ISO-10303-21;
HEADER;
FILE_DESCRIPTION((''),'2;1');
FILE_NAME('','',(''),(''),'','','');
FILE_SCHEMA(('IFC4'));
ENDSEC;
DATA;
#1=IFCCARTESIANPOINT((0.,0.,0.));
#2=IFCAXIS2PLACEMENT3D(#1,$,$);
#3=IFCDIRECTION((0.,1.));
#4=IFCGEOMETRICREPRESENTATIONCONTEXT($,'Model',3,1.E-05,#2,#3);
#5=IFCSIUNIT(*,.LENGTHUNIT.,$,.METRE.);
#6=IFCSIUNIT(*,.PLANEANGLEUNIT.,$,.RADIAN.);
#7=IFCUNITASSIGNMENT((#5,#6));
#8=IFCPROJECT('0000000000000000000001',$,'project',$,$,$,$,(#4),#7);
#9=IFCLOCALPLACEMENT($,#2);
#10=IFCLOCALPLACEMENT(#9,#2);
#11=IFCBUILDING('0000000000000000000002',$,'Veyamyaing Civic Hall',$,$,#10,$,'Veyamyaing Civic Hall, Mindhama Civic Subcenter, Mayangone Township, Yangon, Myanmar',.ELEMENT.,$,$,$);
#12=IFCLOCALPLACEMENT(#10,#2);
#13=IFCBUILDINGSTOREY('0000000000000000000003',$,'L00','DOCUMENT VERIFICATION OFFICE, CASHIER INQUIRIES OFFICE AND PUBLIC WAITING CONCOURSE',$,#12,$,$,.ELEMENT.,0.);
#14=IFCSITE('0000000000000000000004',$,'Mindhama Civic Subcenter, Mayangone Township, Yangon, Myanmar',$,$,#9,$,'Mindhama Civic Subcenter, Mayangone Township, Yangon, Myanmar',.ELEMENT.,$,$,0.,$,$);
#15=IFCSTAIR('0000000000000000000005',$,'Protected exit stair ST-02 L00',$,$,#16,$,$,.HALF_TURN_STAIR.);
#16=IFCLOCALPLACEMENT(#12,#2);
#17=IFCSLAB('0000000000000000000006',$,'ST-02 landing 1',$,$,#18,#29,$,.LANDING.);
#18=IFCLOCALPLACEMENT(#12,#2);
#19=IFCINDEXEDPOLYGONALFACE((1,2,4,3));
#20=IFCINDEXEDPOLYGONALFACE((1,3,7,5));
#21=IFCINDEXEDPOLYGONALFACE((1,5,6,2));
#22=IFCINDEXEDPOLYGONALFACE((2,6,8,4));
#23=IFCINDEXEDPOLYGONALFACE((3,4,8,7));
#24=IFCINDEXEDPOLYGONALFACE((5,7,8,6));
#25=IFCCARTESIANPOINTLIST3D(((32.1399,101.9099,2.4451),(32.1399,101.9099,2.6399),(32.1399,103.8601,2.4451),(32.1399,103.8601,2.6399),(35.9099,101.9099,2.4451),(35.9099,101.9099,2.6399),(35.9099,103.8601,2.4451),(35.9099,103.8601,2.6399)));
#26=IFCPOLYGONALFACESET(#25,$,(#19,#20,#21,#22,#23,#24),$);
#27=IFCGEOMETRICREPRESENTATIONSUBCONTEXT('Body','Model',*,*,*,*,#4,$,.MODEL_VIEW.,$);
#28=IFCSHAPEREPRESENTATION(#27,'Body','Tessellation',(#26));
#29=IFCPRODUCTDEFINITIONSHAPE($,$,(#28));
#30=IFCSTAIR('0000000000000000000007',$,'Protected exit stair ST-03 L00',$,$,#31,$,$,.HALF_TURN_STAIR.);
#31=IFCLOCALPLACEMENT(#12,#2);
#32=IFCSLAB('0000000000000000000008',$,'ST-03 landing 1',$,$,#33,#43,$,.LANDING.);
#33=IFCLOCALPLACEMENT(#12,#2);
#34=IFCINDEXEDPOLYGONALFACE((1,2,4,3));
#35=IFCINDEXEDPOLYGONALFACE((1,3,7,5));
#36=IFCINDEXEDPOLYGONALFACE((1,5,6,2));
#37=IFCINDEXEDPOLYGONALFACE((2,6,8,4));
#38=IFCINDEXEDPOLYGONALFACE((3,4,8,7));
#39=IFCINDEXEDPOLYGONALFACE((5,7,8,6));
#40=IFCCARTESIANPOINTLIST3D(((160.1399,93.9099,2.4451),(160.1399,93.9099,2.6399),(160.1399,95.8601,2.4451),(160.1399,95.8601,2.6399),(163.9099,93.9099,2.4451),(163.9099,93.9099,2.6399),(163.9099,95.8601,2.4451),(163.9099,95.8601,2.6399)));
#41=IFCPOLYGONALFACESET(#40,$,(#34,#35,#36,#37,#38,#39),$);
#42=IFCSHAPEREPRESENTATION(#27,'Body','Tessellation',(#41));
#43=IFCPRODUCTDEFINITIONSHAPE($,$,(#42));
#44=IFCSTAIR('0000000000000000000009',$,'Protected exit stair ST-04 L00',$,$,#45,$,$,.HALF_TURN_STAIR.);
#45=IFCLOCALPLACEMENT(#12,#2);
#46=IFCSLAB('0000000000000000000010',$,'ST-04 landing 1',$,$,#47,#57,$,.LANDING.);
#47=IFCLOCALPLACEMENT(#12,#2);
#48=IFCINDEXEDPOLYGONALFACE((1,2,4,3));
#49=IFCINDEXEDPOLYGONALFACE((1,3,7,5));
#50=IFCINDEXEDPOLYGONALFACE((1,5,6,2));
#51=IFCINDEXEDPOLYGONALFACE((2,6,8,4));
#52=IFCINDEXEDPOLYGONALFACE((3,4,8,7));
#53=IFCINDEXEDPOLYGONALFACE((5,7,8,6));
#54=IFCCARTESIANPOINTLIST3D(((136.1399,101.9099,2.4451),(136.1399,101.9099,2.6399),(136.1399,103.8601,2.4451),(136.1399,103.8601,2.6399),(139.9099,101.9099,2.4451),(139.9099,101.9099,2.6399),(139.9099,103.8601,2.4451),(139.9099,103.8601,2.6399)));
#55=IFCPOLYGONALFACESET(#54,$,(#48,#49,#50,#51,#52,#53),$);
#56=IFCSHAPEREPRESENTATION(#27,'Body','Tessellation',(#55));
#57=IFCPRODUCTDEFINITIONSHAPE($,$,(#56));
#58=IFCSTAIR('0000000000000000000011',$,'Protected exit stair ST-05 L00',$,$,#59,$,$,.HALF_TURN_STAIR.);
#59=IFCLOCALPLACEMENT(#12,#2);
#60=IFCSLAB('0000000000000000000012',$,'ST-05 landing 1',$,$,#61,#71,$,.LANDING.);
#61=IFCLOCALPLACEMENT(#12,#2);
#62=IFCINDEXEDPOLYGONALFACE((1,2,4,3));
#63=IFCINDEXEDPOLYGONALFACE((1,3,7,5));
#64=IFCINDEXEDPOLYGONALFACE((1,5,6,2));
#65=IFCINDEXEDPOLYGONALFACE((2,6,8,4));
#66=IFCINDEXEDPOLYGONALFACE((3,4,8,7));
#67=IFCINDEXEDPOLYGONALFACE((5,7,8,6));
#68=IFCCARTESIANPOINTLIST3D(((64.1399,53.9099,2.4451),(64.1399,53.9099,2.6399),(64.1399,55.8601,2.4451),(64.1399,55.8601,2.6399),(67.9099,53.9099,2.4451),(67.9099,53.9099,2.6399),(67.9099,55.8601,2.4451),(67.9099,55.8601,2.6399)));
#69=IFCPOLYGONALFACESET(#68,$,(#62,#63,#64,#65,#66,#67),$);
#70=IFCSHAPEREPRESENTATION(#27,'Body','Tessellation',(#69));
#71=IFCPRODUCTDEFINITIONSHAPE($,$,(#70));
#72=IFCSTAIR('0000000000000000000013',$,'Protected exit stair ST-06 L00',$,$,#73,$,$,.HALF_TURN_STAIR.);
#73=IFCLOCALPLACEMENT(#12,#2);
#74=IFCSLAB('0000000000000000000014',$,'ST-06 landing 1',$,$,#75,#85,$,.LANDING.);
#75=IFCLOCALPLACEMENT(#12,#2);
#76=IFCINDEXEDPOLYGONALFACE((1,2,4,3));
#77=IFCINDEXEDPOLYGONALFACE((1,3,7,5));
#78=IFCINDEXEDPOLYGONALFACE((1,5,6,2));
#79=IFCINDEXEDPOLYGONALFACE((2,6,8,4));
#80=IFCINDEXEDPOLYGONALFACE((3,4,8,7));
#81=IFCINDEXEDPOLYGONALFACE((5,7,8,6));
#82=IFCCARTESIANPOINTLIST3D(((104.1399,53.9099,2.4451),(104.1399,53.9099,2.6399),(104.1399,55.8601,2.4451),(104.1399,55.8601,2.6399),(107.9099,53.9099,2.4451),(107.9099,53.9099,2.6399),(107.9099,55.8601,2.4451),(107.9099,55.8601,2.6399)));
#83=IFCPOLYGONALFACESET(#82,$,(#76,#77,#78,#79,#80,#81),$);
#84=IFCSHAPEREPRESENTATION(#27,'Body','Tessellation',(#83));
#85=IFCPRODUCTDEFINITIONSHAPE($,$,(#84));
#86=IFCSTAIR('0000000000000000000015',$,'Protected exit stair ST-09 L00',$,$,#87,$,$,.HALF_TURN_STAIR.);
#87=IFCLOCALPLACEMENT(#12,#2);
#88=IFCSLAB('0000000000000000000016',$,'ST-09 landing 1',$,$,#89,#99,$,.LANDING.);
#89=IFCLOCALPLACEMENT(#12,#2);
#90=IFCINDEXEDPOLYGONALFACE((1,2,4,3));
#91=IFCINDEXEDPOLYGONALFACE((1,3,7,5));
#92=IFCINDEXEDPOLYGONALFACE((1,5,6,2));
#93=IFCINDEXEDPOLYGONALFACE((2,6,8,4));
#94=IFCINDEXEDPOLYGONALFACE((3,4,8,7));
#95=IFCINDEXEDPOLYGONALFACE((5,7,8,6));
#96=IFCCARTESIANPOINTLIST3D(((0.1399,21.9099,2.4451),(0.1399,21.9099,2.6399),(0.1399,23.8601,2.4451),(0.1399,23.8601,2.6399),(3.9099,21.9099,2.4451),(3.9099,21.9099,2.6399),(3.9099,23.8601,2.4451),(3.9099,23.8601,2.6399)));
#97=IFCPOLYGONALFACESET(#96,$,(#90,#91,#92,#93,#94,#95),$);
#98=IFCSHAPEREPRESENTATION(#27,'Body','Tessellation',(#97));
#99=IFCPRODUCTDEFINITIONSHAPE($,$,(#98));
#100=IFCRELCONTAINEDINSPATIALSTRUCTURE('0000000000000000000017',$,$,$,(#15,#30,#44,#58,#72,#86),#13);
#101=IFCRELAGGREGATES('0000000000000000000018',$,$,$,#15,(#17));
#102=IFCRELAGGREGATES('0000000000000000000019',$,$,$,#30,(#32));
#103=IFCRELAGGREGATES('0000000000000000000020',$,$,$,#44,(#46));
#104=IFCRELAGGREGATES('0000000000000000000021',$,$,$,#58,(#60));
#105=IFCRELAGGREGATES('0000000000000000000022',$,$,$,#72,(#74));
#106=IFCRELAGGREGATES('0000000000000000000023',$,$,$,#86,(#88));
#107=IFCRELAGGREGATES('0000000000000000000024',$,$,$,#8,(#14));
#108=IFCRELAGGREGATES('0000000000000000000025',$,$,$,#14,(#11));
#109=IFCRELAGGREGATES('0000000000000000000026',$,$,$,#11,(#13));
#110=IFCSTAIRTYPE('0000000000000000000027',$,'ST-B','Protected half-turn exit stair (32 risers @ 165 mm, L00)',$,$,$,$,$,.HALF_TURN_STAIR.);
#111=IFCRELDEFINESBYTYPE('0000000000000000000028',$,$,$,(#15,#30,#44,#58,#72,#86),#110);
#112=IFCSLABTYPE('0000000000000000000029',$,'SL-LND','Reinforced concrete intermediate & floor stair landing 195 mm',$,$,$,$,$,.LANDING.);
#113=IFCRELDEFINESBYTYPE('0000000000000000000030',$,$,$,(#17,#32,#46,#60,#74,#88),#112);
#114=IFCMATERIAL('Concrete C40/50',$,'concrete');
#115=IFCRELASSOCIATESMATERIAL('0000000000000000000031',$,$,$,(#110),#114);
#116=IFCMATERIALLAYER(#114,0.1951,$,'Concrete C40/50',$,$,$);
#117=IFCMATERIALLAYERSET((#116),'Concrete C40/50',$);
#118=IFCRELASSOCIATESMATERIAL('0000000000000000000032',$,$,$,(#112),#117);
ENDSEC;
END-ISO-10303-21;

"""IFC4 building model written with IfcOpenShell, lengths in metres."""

from ifc_helpers import new_model, si_unit, direction, frame, origin, place, context, subcontext, project, spatial, polyline, outline, extrude, material, layer, layer_set, type_object, element, aggregate, save


model = new_model("IFC4")

# Units and contexts
model_context = context("Model", 3, precision=1e-05, world=origin(), true_north=direction((0.0, 1.0)))
body_context = subcontext(model_context, "Body", "Model", "MODEL_VIEW")
ifc_project = project(units=[si_unit("LENGTHUNIT", "METRE"), si_unit("PLANEANGLEUNIT", "RADIAN")], contexts=[model_context])

# Site, building, storey
site_placement = place(None, origin())
site = spatial("IfcSite", under=ifc_project, at=site_placement, Name="Mindhama Civic Subcenter, Mayangone Township, Yangon, Myanmar", LongName="Mindhama Civic Subcenter, Mayangone Township, Yangon, Myanmar", CompositionType="ELEMENT", RefElevation=0.0)
building_placement = place(site_placement, origin())
building = spatial("IfcBuilding", under=site, at=building_placement, Name="Veyamyaing Civic Hall", LongName="Veyamyaing Civic Hall, Mindhama Civic Subcenter, Mayangone Township, Yangon, Myanmar", CompositionType="ELEMENT")
storey_placement = place(building_placement, origin())
storey = spatial("IfcBuildingStorey", under=building, at=storey_placement, Name="L00", Description="DOCUMENT VERIFICATION OFFICE, CASHIER INQUIRIES OFFICE AND PUBLIC WAITING CONCOURSE", CompositionType="ELEMENT", Elevation=0.0)

# Shared definitions
ifc_material_1 = material(Name="Concrete C40/50", Category="concrete")

# Stairs, slabs
stair_type = type_object("IfcStairType", Name="ST-B", Description="Protected half-turn exit stair (32 risers @ 165 mm, L00)", PredefinedType="HALF_TURN_STAIR", material=ifc_material_1)
ifc_layer_1 = layer(ifc_material_1, 0.1951, Name="Concrete C40/50")
ifc_layer_set_1 = layer_set([ifc_layer_1], Name="Concrete C40/50")
slab_type_1 = type_object("IfcSlabType", Name="SL-LND", Description="Reinforced concrete intermediate & floor stair landing 195 mm", PredefinedType="LANDING", material=ifc_layer_set_1)
stair_1_placement = place(storey_placement, origin())
stair_1 = element("IfcStair", 1, at=stair_1_placement, inside=storey, type_object=stair_type, Name="Protected exit stair ST-02 L00", PredefinedType="HALF_TURN_STAIR")
slab_1_placement = place(storey_placement, frame((0.0, 0.0, 2.4451)))
slab_1 = element("IfcSlab", 2, at=slab_1_placement, type_object=slab_type_1, Name="ST-02 landing 1", PredefinedType="LANDING", context=body_context, shape_type="SweptSolid", body=[
    extrude(outline(polyline([(32.1399, 101.9099), (35.9099, 101.9099), (35.9099, 103.8601), (32.1399, 103.8601), (32.1399, 101.9099)])), origin(), (0.0, 0.0, 1.0), 0.1948),
])
aggregate(stair_1, [slab_1])
stair_2_placement = place(storey_placement, origin())
stair_2 = element("IfcStair", 3, at=stair_2_placement, inside=storey, type_object=stair_type, Name="Protected exit stair ST-03 L00", PredefinedType="HALF_TURN_STAIR")
slab_2_placement = place(storey_placement, frame((0.0, 0.0, 2.4451)))
slab_2 = element("IfcSlab", 4, at=slab_2_placement, type_object=slab_type_1, Name="ST-03 landing 1", PredefinedType="LANDING", context=body_context, shape_type="SweptSolid", body=[
    extrude(outline(polyline([(160.1399, 93.9099), (163.9099, 93.9099), (163.9099, 95.8601), (160.1399, 95.8601), (160.1399, 93.9099)])), origin(), (0.0, 0.0, 1.0), 0.1948),
])
aggregate(stair_2, [slab_2])
stair_3_placement = place(storey_placement, origin())
stair_3 = element("IfcStair", 5, at=stair_3_placement, inside=storey, type_object=stair_type, Name="Protected exit stair ST-04 L00", PredefinedType="HALF_TURN_STAIR")
slab_3_placement = place(storey_placement, frame((0.0, 0.0, 2.4451)))
slab_3 = element("IfcSlab", 6, at=slab_3_placement, type_object=slab_type_1, Name="ST-04 landing 1", PredefinedType="LANDING", context=body_context, shape_type="SweptSolid", body=[
    extrude(outline(polyline([(136.1399, 101.9099), (139.9099, 101.9099), (139.9099, 103.8601), (136.1399, 103.8601), (136.1399, 101.9099)])), origin(), (0.0, 0.0, 1.0), 0.1948),
])
aggregate(stair_3, [slab_3])
stair_4_placement = place(storey_placement, origin())
stair_4 = element("IfcStair", 7, at=stair_4_placement, inside=storey, type_object=stair_type, Name="Protected exit stair ST-05 L00", PredefinedType="HALF_TURN_STAIR")
slab_4_placement = place(storey_placement, frame((0.0, 0.0, 2.4451)))
slab_4 = element("IfcSlab", 8, at=slab_4_placement, type_object=slab_type_1, Name="ST-05 landing 1", PredefinedType="LANDING", context=body_context, shape_type="SweptSolid", body=[
    extrude(outline(polyline([(64.1399, 53.9099), (67.9099, 53.9099), (67.9099, 55.8601), (64.1399, 55.8601), (64.1399, 53.9099)])), origin(), (0.0, 0.0, 1.0), 0.1948),
])
aggregate(stair_4, [slab_4])
stair_5_placement = place(storey_placement, origin())
stair_5 = element("IfcStair", 9, at=stair_5_placement, inside=storey, type_object=stair_type, Name="Protected exit stair ST-06 L00", PredefinedType="HALF_TURN_STAIR")
slab_5_placement = place(storey_placement, frame((0.0, 0.0, 2.4451)))
slab_5 = element("IfcSlab", 10, at=slab_5_placement, type_object=slab_type_1, Name="ST-06 landing 1", PredefinedType="LANDING", context=body_context, shape_type="SweptSolid", body=[
    extrude(outline(polyline([(104.1399, 53.9099), (107.9099, 53.9099), (107.9099, 55.8601), (104.1399, 55.8601), (104.1399, 53.9099)])), origin(), (0.0, 0.0, 1.0), 0.1948),
])
aggregate(stair_5, [slab_5])
stair_6_placement = place(storey_placement, origin())
stair_6 = element("IfcStair", 11, at=stair_6_placement, inside=storey, type_object=stair_type, Name="Protected exit stair ST-09 L00", PredefinedType="HALF_TURN_STAIR")
slab_6_placement = place(storey_placement, frame((0.0, 0.0, 2.4451)))
slab_6 = element("IfcSlab", 12, at=slab_6_placement, type_object=slab_type_1, Name="ST-09 landing 1", PredefinedType="LANDING", context=body_context, shape_type="SweptSolid", body=[
    extrude(outline(polyline([(0.1399, 21.9099), (3.9099, 21.9099), (3.9099, 23.8601), (0.1399, 23.8601), (0.1399, 21.9099)])), origin(), (0.0, 0.0, 1.0), 0.1948),
])
aggregate(stair_6, [slab_6])

save(model, "model.ifc")
